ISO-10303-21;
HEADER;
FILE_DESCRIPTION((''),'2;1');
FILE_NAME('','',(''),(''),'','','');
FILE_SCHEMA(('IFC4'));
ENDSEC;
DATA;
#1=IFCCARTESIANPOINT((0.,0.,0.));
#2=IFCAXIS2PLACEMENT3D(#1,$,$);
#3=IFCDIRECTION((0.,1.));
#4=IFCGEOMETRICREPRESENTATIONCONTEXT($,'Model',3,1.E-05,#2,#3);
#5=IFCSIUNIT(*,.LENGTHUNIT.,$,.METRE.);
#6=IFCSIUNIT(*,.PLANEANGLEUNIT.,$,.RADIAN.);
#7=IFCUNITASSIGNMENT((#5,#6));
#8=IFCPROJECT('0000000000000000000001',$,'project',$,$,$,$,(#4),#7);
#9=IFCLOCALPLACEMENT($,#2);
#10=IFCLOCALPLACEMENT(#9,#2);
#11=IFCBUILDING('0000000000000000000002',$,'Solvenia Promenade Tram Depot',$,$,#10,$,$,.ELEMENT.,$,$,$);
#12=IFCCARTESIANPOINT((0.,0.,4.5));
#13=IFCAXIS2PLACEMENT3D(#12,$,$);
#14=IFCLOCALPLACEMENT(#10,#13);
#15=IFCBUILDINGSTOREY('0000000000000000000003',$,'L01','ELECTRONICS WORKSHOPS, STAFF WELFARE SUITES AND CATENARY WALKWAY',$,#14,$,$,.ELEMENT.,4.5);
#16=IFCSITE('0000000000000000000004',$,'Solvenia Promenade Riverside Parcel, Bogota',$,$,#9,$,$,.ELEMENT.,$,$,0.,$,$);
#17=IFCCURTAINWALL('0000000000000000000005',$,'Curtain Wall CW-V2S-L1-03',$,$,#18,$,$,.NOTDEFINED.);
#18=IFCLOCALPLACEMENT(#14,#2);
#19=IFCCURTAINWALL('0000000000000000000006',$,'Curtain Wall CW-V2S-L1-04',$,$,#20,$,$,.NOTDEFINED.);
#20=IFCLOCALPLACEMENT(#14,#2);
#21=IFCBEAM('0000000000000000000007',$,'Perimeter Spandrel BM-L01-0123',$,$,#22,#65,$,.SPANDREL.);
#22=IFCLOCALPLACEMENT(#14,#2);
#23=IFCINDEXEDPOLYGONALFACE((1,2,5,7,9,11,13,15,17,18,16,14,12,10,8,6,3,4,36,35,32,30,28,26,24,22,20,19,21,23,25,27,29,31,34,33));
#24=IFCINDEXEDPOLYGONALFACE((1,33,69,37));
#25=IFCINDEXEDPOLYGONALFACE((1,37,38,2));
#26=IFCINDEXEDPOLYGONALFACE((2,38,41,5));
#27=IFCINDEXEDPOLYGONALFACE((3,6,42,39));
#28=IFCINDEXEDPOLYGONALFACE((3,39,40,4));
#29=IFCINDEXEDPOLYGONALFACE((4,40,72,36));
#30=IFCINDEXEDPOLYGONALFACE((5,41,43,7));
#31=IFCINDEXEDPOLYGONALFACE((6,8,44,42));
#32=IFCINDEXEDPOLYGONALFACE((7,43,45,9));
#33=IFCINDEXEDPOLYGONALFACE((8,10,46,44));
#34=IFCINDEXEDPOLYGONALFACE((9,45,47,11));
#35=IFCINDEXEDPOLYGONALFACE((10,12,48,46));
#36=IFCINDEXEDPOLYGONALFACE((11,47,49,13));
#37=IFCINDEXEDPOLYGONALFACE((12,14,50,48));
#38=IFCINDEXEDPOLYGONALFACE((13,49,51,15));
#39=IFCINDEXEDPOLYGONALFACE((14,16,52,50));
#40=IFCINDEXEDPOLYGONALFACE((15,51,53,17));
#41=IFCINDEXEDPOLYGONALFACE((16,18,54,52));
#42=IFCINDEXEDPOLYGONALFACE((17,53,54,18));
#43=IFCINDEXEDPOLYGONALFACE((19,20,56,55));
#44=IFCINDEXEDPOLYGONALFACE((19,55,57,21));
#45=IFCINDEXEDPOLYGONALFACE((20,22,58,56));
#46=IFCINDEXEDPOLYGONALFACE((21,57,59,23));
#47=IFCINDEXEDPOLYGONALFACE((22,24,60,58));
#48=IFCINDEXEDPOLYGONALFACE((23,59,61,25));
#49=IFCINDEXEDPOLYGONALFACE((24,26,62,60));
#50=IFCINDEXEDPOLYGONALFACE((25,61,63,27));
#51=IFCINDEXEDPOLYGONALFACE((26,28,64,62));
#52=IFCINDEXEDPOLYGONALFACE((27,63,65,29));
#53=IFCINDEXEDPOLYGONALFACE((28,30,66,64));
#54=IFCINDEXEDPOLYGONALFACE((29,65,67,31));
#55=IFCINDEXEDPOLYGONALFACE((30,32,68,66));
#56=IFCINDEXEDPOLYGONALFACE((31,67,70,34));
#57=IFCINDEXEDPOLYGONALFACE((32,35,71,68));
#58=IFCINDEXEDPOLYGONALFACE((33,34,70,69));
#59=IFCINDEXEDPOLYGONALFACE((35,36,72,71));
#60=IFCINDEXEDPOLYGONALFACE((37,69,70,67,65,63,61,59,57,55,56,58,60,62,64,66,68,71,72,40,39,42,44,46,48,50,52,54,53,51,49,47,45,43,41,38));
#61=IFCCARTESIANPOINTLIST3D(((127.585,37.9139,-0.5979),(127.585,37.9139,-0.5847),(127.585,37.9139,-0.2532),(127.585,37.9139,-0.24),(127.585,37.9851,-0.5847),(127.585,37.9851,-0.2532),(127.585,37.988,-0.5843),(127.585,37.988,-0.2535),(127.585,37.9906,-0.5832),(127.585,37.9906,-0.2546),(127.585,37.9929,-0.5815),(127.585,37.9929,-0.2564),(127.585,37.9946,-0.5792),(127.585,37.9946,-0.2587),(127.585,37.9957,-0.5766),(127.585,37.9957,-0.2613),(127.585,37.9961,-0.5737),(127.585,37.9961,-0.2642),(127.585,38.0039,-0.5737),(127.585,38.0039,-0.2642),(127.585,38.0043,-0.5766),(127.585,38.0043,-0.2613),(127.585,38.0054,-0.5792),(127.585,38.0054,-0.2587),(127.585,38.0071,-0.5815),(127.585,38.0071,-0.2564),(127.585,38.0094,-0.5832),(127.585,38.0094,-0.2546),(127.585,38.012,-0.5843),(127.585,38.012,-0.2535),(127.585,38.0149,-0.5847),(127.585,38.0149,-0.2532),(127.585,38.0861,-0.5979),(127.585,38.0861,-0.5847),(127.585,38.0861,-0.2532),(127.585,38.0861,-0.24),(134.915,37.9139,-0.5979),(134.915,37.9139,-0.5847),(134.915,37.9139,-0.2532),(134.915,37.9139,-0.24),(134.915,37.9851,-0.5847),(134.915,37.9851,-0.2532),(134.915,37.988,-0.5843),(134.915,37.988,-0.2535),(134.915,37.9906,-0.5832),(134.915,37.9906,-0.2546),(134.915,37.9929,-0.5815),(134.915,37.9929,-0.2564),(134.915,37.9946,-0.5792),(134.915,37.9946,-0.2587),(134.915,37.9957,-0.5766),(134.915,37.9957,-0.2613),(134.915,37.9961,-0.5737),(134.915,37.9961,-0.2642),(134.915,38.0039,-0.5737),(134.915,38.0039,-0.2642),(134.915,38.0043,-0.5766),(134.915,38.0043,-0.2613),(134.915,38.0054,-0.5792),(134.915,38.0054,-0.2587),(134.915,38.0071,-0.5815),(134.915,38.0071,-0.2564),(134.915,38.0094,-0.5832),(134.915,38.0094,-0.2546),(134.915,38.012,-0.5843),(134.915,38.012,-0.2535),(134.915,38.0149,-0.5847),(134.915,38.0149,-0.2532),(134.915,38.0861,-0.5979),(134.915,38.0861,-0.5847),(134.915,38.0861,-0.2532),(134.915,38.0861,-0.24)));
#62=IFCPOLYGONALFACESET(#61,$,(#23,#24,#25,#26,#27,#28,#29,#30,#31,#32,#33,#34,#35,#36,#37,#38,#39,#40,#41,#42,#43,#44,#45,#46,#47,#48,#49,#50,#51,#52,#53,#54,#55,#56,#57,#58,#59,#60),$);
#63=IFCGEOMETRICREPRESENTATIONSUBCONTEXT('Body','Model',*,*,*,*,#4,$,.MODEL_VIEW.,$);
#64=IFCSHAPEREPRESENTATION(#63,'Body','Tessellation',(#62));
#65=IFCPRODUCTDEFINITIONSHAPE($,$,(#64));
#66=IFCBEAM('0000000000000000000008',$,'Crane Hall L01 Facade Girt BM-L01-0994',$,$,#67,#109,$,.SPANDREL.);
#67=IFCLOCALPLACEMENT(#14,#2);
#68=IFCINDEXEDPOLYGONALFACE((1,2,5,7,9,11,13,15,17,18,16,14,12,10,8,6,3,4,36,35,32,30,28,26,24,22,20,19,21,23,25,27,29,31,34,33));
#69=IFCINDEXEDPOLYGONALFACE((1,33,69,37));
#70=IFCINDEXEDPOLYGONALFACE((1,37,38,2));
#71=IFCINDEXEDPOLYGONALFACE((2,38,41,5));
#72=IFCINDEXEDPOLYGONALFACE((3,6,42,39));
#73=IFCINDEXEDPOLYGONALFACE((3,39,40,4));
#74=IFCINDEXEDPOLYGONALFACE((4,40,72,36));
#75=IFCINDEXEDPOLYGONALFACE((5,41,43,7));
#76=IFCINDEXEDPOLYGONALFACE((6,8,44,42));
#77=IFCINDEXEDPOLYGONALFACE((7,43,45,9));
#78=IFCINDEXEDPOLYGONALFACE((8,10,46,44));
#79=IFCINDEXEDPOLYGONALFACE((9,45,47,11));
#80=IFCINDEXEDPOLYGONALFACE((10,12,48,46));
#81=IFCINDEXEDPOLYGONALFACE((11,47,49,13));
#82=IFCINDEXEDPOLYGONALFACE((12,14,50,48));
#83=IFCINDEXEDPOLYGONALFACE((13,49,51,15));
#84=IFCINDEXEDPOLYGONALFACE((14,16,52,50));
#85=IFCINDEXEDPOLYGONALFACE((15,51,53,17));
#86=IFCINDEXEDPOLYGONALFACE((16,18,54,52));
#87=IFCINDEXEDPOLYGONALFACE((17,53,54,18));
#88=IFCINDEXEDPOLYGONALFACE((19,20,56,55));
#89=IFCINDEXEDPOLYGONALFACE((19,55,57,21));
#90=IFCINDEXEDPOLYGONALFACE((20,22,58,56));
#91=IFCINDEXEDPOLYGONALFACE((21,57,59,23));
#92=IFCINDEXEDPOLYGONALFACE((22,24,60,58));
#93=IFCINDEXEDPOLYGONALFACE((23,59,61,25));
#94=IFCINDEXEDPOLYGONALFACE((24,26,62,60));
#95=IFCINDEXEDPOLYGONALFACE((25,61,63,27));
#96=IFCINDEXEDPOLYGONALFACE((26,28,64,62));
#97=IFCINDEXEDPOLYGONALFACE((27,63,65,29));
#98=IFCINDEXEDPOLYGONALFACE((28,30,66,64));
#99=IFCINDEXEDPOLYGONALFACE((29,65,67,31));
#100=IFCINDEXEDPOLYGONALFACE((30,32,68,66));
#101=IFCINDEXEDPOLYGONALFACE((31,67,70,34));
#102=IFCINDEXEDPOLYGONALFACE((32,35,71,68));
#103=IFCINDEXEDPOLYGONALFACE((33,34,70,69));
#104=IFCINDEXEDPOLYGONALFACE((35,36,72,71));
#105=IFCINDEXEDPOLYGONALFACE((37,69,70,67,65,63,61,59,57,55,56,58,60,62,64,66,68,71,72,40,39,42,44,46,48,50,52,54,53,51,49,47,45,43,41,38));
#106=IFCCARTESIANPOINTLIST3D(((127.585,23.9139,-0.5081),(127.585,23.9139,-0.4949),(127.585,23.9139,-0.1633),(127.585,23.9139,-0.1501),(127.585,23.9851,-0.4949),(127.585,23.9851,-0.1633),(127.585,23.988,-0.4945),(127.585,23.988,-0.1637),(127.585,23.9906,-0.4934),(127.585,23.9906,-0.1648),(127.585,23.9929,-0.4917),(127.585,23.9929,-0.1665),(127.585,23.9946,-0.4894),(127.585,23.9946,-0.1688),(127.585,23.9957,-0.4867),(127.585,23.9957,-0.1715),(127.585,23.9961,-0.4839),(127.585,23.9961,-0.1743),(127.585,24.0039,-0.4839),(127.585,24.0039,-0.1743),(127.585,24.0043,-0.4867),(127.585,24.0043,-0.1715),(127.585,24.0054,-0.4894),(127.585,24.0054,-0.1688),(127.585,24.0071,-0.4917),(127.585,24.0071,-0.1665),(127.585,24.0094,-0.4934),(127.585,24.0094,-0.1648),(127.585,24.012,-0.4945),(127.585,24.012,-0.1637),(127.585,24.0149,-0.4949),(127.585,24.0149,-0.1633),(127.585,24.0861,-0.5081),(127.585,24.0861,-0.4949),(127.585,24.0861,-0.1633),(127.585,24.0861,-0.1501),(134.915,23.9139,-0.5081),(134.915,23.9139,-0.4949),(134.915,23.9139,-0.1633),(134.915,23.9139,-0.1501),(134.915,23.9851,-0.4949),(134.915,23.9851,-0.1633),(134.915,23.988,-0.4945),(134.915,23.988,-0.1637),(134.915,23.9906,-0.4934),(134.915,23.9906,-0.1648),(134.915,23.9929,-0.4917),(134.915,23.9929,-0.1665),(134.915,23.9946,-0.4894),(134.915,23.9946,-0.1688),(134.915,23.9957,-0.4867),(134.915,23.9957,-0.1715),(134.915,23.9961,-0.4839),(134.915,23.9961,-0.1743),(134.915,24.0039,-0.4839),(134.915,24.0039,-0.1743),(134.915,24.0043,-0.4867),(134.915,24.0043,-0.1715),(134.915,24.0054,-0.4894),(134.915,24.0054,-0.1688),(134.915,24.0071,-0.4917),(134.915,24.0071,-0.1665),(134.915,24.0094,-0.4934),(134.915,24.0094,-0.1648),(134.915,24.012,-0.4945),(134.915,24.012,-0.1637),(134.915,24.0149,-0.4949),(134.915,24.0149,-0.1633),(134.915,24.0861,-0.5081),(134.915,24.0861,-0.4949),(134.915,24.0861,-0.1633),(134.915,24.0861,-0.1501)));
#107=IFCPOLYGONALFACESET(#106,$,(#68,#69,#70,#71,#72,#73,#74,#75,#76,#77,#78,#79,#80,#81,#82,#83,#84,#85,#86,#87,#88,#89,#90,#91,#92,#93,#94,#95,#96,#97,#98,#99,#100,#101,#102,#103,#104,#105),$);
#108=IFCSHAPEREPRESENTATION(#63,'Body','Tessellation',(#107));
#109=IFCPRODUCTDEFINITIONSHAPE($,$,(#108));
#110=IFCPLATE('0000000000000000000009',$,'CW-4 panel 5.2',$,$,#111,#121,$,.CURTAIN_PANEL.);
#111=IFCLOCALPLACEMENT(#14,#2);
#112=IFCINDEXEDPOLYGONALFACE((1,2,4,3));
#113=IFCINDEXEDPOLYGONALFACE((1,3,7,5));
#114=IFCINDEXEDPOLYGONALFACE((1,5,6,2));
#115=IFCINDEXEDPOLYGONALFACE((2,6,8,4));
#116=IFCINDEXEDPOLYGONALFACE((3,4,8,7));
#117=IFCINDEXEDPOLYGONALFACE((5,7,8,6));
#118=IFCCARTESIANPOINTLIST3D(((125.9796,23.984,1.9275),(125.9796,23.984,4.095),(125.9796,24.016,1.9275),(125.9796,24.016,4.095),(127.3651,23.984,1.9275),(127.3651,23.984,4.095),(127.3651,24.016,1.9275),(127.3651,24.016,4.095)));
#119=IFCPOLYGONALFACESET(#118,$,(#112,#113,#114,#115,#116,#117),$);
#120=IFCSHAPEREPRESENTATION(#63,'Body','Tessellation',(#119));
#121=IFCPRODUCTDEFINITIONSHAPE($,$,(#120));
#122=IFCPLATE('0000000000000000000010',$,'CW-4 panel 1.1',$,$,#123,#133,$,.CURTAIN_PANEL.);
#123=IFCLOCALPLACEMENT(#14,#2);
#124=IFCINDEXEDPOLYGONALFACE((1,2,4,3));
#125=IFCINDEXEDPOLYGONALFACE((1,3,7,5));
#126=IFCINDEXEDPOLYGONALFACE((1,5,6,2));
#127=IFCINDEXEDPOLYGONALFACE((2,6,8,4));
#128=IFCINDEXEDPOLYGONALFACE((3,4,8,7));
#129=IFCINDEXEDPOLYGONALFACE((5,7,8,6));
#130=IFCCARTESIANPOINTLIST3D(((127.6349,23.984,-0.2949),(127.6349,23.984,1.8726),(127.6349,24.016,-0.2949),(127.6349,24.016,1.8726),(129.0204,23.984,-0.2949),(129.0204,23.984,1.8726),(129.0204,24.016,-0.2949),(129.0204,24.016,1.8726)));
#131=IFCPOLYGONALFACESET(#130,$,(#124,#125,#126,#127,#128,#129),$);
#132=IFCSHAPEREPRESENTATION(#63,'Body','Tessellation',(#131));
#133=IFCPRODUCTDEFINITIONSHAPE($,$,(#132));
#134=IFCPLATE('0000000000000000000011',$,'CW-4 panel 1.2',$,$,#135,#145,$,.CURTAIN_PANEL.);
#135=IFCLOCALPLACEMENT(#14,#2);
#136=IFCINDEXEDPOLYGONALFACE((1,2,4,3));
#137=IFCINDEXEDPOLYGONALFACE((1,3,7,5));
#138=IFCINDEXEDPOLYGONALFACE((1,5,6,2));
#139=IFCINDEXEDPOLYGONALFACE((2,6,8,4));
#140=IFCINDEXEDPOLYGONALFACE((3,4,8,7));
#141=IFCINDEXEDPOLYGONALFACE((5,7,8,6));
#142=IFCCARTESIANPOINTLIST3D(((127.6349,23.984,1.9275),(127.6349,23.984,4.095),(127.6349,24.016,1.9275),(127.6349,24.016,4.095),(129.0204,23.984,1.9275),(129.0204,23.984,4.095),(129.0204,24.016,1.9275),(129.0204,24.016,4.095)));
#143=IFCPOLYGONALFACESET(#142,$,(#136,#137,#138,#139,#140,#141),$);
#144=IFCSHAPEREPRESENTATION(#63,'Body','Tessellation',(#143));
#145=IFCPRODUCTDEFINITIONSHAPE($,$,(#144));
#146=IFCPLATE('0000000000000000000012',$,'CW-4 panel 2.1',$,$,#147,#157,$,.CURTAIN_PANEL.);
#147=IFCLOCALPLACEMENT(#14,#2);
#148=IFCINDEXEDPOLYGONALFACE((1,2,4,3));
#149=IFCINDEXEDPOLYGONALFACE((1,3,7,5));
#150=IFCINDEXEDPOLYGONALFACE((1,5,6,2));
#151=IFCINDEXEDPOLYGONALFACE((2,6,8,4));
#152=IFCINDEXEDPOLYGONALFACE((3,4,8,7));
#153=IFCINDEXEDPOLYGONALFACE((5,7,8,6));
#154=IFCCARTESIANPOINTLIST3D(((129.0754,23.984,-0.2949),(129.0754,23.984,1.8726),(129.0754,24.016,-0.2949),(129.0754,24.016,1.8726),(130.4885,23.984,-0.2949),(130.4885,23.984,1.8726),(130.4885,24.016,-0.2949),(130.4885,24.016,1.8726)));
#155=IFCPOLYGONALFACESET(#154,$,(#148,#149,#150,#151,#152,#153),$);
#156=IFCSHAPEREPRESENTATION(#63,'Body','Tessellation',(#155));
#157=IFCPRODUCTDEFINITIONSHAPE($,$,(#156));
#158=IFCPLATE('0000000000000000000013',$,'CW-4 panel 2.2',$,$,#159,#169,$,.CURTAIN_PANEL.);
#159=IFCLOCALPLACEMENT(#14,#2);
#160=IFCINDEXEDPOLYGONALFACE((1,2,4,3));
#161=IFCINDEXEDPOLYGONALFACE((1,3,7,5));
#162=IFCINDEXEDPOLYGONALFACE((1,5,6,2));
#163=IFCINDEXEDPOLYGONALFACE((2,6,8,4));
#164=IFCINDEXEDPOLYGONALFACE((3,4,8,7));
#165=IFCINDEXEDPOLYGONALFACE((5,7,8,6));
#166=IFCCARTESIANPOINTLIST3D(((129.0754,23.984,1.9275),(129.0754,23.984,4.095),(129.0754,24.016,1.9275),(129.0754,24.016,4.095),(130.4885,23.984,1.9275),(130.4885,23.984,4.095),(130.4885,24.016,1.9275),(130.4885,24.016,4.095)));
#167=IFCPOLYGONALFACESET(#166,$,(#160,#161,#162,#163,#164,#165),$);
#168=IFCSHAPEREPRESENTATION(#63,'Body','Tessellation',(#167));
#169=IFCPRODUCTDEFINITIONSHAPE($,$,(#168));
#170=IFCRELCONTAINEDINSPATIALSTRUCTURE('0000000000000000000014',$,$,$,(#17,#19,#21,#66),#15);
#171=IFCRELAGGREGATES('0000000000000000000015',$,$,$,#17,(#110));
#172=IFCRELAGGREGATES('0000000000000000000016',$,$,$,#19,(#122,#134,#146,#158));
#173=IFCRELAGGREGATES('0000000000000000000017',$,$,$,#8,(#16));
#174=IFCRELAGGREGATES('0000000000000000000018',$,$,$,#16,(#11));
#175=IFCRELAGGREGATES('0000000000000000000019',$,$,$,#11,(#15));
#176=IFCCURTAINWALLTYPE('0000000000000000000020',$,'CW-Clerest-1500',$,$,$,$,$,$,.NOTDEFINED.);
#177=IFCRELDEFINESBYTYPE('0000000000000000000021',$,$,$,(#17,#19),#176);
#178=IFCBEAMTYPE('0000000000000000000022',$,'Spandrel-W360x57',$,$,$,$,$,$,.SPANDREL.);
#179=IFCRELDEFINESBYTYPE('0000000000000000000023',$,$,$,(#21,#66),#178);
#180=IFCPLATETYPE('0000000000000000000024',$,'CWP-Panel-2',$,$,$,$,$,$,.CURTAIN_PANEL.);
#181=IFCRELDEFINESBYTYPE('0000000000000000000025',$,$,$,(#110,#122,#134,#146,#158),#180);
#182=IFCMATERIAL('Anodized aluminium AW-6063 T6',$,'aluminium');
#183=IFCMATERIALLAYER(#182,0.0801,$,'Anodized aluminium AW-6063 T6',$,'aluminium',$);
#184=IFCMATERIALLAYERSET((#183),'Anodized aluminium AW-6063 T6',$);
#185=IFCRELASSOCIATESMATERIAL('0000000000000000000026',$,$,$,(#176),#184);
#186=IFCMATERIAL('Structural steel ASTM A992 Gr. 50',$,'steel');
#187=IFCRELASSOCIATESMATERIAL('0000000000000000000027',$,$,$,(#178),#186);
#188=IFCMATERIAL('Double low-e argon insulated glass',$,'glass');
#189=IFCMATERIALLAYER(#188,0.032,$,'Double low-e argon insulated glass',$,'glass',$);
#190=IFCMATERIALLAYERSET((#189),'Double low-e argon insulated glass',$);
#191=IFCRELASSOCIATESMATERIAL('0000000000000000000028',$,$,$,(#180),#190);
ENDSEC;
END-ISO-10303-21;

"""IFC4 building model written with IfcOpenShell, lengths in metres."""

from ifc_helpers import new_model, si_unit, direction, frame, origin, origin_2d, place, context, subcontext, project, spatial, rectangle, i_section, extrude, material, layer, layer_set, material_profile, profile_set, type_object, element, aggregate, save


model = new_model("IFC4")

# Units and contexts
model_context = context("Model", 3, precision=1e-05, world=origin(), true_north=direction((0.0, 1.0)))
body_context = subcontext(model_context, "Body", "Model", "MODEL_VIEW")
ifc_project = project(units=[si_unit("LENGTHUNIT", "METRE"), si_unit("PLANEANGLEUNIT", "RADIAN")], contexts=[model_context])

# Site, building, storey
site_placement = place(None, origin())
site = spatial("IfcSite", under=ifc_project, at=site_placement, Name="Solvenia Promenade Riverside Parcel, Bogota", CompositionType="ELEMENT", RefElevation=0.0)
building_placement = place(site_placement, origin())
building = spatial("IfcBuilding", under=site, at=building_placement, Name="Solvenia Promenade Tram Depot", CompositionType="ELEMENT")
storey_placement = place(building_placement, frame((0.0, 0.0, 4.5)))
storey = spatial("IfcBuildingStorey", under=building, at=storey_placement, Name="L01", Description="ELECTRONICS WORKSHOPS, STAFF WELFARE SUITES AND CATENARY WALKWAY", CompositionType="ELEMENT", Elevation=4.5)

# Shared definitions
ifc_material_1 = material(Name="Structural steel ASTM A992 Gr. 50", Category="steel")

# Curtain wall
ifc_material_2 = material(Name="Anodized aluminium AW-6063 T6", Category="aluminium")
ifc_layer_1 = layer(ifc_material_2, 0.0801, Name="Anodized aluminium AW-6063 T6", Category="aluminium")
ifc_layer_set_1 = layer_set([ifc_layer_1], Name="Anodized aluminium AW-6063 T6")
curtain_wall_type = type_object("IfcCurtainWallType", Name="CW-Clerest-1500", PredefinedType="NOTDEFINED", material=ifc_layer_set_1)
curtain_wall_1_placement = place(storey_placement, origin())
curtain_wall_1 = element("IfcCurtainWall", 1, at=curtain_wall_1_placement, inside=storey, type_object=curtain_wall_type, Name="Curtain Wall CW-V2S-L1-03", PredefinedType="NOTDEFINED")

# Curtain wall
curtain_wall_2_placement = place(storey_placement, origin())
curtain_wall_2 = element("IfcCurtainWall", 2, at=curtain_wall_2_placement, inside=storey, type_object=curtain_wall_type, Name="Curtain Wall CW-V2S-L1-04", PredefinedType="NOTDEFINED")

# Beams
ifc_material_profile_1 = material_profile(ifc_material_1, i_section(OverallWidth=0.1721, OverallDepth=0.3579, WebThickness=0.0078, FlangeThickness=0.0132, FilletRadius=0.011, at=origin_2d()), Name="W360x57", Category="steel")
ifc_profile_set_1 = profile_set([ifc_material_profile_1], Name="Structural steel ASTM A992 Gr. 50")
beam_type_1 = type_object("IfcBeamType", Name="Spandrel-W360x57", PredefinedType="SPANDREL", material=ifc_profile_set_1)
for number, where, z_axis, x_axis, name in (
    (3, (127.585, 38.0, -0.4189), (1.0, 0.0, 0.0), (0.0, 1.0, 0.0), "Perimeter Spandrel BM-L01-0123"),
    (4, (127.585, 24.0, -0.3291), (1.0, 0.0, 0.0), (0.0, 1.0, 0.0), "Crane Hall L01 Facade Girt BM-L01-0994"),
):
    element("IfcBeam", number, at=place(storey_placement, frame(where, z_axis=z_axis, x_axis=x_axis)), inside=storey, type_object=beam_type_1, Name=name, PredefinedType="SPANDREL", context=body_context, shape_type="SweptSolid", body=[
        extrude(i_section(OverallWidth=0.1721, OverallDepth=0.3579, WebThickness=0.0078, FlangeThickness=0.0132, FilletRadius=0.011, at=origin_2d()), origin(), (0.0, 0.0, 1.0), 7.3301),
    ])

# Plates
ifc_material_3 = material(Name="Double low-e argon insulated glass", Category="glass")
ifc_layer_2 = layer(ifc_material_3, 0.032, Name="Double low-e argon insulated glass", Category="glass")
ifc_layer_set_2 = layer_set([ifc_layer_2], Name="Double low-e argon insulated glass")
plate_type = type_object("IfcPlateType", Name="CWP-Panel-2", PredefinedType="CURTAIN_PANEL", material=ifc_layer_set_2)
plate_1_placement = place(storey_placement, frame((126.6724, 24.0, 1.9275), z_axis=(0.0, 0.0, 1.0), x_axis=(1.0, 0.0, 0.0)))
plate_1 = element("IfcPlate", 5, at=plate_1_placement, type_object=plate_type, Name="CW-4 panel 5.2", PredefinedType="CURTAIN_PANEL", context=body_context, shape_type="SweptSolid", body=[
    extrude(rectangle(XDim=1.3855, YDim=0.032, at=origin_2d()), origin(), (0.0, 0.0, 1.0), 2.1675),
])
aggregate(curtain_wall_1, [plate_1])
plate_2_placement = place(storey_placement, frame((128.3276, 24.0, -0.2949), z_axis=(0.0, 0.0, 1.0), x_axis=(1.0, 0.0, 0.0)))
plate_2 = element("IfcPlate", 6, at=plate_2_placement, type_object=plate_type, Name="CW-4 panel 1.1", PredefinedType="CURTAIN_PANEL", context=body_context, shape_type="SweptSolid", body=[
    extrude(rectangle(XDim=1.3855, YDim=0.032, at=origin_2d()), origin(), (0.0, 0.0, 1.0), 2.1675),
])
plate_3_placement = place(storey_placement, frame((128.3276, 24.0, 1.9275), z_axis=(0.0, 0.0, 1.0), x_axis=(1.0, 0.0, 0.0)))
plate_3 = element("IfcPlate", 7, at=plate_3_placement, type_object=plate_type, Name="CW-4 panel 1.2", PredefinedType="CURTAIN_PANEL", context=body_context, shape_type="SweptSolid", body=[
    extrude(rectangle(XDim=1.3855, YDim=0.032, at=origin_2d()), origin(), (0.0, 0.0, 1.0), 2.1675),
])
plate_4_placement = place(storey_placement, frame((129.782, 24.0, -0.2949), z_axis=(0.0, 0.0, 1.0), x_axis=(1.0, 0.0, 0.0)))
plate_4 = element("IfcPlate", 8, at=plate_4_placement, type_object=plate_type, Name="CW-4 panel 2.1", PredefinedType="CURTAIN_PANEL", context=body_context, shape_type="SweptSolid", body=[
    extrude(rectangle(XDim=1.4131, YDim=0.032, at=origin_2d()), origin(), (0.0, 0.0, 1.0), 2.1675),
])
plate_5_placement = place(storey_placement, frame((129.782, 24.0, 1.9275), z_axis=(0.0, 0.0, 1.0), x_axis=(1.0, 0.0, 0.0)))
plate_5 = element("IfcPlate", 9, at=plate_5_placement, type_object=plate_type, Name="CW-4 panel 2.2", PredefinedType="CURTAIN_PANEL", context=body_context, shape_type="SweptSolid", body=[
    extrude(rectangle(XDim=1.4131, YDim=0.032, at=origin_2d()), origin(), (0.0, 0.0, 1.0), 2.1675),
])
aggregate(curtain_wall_2, [plate_2, plate_3, plate_4, plate_5])

save(model, "model.ifc")
